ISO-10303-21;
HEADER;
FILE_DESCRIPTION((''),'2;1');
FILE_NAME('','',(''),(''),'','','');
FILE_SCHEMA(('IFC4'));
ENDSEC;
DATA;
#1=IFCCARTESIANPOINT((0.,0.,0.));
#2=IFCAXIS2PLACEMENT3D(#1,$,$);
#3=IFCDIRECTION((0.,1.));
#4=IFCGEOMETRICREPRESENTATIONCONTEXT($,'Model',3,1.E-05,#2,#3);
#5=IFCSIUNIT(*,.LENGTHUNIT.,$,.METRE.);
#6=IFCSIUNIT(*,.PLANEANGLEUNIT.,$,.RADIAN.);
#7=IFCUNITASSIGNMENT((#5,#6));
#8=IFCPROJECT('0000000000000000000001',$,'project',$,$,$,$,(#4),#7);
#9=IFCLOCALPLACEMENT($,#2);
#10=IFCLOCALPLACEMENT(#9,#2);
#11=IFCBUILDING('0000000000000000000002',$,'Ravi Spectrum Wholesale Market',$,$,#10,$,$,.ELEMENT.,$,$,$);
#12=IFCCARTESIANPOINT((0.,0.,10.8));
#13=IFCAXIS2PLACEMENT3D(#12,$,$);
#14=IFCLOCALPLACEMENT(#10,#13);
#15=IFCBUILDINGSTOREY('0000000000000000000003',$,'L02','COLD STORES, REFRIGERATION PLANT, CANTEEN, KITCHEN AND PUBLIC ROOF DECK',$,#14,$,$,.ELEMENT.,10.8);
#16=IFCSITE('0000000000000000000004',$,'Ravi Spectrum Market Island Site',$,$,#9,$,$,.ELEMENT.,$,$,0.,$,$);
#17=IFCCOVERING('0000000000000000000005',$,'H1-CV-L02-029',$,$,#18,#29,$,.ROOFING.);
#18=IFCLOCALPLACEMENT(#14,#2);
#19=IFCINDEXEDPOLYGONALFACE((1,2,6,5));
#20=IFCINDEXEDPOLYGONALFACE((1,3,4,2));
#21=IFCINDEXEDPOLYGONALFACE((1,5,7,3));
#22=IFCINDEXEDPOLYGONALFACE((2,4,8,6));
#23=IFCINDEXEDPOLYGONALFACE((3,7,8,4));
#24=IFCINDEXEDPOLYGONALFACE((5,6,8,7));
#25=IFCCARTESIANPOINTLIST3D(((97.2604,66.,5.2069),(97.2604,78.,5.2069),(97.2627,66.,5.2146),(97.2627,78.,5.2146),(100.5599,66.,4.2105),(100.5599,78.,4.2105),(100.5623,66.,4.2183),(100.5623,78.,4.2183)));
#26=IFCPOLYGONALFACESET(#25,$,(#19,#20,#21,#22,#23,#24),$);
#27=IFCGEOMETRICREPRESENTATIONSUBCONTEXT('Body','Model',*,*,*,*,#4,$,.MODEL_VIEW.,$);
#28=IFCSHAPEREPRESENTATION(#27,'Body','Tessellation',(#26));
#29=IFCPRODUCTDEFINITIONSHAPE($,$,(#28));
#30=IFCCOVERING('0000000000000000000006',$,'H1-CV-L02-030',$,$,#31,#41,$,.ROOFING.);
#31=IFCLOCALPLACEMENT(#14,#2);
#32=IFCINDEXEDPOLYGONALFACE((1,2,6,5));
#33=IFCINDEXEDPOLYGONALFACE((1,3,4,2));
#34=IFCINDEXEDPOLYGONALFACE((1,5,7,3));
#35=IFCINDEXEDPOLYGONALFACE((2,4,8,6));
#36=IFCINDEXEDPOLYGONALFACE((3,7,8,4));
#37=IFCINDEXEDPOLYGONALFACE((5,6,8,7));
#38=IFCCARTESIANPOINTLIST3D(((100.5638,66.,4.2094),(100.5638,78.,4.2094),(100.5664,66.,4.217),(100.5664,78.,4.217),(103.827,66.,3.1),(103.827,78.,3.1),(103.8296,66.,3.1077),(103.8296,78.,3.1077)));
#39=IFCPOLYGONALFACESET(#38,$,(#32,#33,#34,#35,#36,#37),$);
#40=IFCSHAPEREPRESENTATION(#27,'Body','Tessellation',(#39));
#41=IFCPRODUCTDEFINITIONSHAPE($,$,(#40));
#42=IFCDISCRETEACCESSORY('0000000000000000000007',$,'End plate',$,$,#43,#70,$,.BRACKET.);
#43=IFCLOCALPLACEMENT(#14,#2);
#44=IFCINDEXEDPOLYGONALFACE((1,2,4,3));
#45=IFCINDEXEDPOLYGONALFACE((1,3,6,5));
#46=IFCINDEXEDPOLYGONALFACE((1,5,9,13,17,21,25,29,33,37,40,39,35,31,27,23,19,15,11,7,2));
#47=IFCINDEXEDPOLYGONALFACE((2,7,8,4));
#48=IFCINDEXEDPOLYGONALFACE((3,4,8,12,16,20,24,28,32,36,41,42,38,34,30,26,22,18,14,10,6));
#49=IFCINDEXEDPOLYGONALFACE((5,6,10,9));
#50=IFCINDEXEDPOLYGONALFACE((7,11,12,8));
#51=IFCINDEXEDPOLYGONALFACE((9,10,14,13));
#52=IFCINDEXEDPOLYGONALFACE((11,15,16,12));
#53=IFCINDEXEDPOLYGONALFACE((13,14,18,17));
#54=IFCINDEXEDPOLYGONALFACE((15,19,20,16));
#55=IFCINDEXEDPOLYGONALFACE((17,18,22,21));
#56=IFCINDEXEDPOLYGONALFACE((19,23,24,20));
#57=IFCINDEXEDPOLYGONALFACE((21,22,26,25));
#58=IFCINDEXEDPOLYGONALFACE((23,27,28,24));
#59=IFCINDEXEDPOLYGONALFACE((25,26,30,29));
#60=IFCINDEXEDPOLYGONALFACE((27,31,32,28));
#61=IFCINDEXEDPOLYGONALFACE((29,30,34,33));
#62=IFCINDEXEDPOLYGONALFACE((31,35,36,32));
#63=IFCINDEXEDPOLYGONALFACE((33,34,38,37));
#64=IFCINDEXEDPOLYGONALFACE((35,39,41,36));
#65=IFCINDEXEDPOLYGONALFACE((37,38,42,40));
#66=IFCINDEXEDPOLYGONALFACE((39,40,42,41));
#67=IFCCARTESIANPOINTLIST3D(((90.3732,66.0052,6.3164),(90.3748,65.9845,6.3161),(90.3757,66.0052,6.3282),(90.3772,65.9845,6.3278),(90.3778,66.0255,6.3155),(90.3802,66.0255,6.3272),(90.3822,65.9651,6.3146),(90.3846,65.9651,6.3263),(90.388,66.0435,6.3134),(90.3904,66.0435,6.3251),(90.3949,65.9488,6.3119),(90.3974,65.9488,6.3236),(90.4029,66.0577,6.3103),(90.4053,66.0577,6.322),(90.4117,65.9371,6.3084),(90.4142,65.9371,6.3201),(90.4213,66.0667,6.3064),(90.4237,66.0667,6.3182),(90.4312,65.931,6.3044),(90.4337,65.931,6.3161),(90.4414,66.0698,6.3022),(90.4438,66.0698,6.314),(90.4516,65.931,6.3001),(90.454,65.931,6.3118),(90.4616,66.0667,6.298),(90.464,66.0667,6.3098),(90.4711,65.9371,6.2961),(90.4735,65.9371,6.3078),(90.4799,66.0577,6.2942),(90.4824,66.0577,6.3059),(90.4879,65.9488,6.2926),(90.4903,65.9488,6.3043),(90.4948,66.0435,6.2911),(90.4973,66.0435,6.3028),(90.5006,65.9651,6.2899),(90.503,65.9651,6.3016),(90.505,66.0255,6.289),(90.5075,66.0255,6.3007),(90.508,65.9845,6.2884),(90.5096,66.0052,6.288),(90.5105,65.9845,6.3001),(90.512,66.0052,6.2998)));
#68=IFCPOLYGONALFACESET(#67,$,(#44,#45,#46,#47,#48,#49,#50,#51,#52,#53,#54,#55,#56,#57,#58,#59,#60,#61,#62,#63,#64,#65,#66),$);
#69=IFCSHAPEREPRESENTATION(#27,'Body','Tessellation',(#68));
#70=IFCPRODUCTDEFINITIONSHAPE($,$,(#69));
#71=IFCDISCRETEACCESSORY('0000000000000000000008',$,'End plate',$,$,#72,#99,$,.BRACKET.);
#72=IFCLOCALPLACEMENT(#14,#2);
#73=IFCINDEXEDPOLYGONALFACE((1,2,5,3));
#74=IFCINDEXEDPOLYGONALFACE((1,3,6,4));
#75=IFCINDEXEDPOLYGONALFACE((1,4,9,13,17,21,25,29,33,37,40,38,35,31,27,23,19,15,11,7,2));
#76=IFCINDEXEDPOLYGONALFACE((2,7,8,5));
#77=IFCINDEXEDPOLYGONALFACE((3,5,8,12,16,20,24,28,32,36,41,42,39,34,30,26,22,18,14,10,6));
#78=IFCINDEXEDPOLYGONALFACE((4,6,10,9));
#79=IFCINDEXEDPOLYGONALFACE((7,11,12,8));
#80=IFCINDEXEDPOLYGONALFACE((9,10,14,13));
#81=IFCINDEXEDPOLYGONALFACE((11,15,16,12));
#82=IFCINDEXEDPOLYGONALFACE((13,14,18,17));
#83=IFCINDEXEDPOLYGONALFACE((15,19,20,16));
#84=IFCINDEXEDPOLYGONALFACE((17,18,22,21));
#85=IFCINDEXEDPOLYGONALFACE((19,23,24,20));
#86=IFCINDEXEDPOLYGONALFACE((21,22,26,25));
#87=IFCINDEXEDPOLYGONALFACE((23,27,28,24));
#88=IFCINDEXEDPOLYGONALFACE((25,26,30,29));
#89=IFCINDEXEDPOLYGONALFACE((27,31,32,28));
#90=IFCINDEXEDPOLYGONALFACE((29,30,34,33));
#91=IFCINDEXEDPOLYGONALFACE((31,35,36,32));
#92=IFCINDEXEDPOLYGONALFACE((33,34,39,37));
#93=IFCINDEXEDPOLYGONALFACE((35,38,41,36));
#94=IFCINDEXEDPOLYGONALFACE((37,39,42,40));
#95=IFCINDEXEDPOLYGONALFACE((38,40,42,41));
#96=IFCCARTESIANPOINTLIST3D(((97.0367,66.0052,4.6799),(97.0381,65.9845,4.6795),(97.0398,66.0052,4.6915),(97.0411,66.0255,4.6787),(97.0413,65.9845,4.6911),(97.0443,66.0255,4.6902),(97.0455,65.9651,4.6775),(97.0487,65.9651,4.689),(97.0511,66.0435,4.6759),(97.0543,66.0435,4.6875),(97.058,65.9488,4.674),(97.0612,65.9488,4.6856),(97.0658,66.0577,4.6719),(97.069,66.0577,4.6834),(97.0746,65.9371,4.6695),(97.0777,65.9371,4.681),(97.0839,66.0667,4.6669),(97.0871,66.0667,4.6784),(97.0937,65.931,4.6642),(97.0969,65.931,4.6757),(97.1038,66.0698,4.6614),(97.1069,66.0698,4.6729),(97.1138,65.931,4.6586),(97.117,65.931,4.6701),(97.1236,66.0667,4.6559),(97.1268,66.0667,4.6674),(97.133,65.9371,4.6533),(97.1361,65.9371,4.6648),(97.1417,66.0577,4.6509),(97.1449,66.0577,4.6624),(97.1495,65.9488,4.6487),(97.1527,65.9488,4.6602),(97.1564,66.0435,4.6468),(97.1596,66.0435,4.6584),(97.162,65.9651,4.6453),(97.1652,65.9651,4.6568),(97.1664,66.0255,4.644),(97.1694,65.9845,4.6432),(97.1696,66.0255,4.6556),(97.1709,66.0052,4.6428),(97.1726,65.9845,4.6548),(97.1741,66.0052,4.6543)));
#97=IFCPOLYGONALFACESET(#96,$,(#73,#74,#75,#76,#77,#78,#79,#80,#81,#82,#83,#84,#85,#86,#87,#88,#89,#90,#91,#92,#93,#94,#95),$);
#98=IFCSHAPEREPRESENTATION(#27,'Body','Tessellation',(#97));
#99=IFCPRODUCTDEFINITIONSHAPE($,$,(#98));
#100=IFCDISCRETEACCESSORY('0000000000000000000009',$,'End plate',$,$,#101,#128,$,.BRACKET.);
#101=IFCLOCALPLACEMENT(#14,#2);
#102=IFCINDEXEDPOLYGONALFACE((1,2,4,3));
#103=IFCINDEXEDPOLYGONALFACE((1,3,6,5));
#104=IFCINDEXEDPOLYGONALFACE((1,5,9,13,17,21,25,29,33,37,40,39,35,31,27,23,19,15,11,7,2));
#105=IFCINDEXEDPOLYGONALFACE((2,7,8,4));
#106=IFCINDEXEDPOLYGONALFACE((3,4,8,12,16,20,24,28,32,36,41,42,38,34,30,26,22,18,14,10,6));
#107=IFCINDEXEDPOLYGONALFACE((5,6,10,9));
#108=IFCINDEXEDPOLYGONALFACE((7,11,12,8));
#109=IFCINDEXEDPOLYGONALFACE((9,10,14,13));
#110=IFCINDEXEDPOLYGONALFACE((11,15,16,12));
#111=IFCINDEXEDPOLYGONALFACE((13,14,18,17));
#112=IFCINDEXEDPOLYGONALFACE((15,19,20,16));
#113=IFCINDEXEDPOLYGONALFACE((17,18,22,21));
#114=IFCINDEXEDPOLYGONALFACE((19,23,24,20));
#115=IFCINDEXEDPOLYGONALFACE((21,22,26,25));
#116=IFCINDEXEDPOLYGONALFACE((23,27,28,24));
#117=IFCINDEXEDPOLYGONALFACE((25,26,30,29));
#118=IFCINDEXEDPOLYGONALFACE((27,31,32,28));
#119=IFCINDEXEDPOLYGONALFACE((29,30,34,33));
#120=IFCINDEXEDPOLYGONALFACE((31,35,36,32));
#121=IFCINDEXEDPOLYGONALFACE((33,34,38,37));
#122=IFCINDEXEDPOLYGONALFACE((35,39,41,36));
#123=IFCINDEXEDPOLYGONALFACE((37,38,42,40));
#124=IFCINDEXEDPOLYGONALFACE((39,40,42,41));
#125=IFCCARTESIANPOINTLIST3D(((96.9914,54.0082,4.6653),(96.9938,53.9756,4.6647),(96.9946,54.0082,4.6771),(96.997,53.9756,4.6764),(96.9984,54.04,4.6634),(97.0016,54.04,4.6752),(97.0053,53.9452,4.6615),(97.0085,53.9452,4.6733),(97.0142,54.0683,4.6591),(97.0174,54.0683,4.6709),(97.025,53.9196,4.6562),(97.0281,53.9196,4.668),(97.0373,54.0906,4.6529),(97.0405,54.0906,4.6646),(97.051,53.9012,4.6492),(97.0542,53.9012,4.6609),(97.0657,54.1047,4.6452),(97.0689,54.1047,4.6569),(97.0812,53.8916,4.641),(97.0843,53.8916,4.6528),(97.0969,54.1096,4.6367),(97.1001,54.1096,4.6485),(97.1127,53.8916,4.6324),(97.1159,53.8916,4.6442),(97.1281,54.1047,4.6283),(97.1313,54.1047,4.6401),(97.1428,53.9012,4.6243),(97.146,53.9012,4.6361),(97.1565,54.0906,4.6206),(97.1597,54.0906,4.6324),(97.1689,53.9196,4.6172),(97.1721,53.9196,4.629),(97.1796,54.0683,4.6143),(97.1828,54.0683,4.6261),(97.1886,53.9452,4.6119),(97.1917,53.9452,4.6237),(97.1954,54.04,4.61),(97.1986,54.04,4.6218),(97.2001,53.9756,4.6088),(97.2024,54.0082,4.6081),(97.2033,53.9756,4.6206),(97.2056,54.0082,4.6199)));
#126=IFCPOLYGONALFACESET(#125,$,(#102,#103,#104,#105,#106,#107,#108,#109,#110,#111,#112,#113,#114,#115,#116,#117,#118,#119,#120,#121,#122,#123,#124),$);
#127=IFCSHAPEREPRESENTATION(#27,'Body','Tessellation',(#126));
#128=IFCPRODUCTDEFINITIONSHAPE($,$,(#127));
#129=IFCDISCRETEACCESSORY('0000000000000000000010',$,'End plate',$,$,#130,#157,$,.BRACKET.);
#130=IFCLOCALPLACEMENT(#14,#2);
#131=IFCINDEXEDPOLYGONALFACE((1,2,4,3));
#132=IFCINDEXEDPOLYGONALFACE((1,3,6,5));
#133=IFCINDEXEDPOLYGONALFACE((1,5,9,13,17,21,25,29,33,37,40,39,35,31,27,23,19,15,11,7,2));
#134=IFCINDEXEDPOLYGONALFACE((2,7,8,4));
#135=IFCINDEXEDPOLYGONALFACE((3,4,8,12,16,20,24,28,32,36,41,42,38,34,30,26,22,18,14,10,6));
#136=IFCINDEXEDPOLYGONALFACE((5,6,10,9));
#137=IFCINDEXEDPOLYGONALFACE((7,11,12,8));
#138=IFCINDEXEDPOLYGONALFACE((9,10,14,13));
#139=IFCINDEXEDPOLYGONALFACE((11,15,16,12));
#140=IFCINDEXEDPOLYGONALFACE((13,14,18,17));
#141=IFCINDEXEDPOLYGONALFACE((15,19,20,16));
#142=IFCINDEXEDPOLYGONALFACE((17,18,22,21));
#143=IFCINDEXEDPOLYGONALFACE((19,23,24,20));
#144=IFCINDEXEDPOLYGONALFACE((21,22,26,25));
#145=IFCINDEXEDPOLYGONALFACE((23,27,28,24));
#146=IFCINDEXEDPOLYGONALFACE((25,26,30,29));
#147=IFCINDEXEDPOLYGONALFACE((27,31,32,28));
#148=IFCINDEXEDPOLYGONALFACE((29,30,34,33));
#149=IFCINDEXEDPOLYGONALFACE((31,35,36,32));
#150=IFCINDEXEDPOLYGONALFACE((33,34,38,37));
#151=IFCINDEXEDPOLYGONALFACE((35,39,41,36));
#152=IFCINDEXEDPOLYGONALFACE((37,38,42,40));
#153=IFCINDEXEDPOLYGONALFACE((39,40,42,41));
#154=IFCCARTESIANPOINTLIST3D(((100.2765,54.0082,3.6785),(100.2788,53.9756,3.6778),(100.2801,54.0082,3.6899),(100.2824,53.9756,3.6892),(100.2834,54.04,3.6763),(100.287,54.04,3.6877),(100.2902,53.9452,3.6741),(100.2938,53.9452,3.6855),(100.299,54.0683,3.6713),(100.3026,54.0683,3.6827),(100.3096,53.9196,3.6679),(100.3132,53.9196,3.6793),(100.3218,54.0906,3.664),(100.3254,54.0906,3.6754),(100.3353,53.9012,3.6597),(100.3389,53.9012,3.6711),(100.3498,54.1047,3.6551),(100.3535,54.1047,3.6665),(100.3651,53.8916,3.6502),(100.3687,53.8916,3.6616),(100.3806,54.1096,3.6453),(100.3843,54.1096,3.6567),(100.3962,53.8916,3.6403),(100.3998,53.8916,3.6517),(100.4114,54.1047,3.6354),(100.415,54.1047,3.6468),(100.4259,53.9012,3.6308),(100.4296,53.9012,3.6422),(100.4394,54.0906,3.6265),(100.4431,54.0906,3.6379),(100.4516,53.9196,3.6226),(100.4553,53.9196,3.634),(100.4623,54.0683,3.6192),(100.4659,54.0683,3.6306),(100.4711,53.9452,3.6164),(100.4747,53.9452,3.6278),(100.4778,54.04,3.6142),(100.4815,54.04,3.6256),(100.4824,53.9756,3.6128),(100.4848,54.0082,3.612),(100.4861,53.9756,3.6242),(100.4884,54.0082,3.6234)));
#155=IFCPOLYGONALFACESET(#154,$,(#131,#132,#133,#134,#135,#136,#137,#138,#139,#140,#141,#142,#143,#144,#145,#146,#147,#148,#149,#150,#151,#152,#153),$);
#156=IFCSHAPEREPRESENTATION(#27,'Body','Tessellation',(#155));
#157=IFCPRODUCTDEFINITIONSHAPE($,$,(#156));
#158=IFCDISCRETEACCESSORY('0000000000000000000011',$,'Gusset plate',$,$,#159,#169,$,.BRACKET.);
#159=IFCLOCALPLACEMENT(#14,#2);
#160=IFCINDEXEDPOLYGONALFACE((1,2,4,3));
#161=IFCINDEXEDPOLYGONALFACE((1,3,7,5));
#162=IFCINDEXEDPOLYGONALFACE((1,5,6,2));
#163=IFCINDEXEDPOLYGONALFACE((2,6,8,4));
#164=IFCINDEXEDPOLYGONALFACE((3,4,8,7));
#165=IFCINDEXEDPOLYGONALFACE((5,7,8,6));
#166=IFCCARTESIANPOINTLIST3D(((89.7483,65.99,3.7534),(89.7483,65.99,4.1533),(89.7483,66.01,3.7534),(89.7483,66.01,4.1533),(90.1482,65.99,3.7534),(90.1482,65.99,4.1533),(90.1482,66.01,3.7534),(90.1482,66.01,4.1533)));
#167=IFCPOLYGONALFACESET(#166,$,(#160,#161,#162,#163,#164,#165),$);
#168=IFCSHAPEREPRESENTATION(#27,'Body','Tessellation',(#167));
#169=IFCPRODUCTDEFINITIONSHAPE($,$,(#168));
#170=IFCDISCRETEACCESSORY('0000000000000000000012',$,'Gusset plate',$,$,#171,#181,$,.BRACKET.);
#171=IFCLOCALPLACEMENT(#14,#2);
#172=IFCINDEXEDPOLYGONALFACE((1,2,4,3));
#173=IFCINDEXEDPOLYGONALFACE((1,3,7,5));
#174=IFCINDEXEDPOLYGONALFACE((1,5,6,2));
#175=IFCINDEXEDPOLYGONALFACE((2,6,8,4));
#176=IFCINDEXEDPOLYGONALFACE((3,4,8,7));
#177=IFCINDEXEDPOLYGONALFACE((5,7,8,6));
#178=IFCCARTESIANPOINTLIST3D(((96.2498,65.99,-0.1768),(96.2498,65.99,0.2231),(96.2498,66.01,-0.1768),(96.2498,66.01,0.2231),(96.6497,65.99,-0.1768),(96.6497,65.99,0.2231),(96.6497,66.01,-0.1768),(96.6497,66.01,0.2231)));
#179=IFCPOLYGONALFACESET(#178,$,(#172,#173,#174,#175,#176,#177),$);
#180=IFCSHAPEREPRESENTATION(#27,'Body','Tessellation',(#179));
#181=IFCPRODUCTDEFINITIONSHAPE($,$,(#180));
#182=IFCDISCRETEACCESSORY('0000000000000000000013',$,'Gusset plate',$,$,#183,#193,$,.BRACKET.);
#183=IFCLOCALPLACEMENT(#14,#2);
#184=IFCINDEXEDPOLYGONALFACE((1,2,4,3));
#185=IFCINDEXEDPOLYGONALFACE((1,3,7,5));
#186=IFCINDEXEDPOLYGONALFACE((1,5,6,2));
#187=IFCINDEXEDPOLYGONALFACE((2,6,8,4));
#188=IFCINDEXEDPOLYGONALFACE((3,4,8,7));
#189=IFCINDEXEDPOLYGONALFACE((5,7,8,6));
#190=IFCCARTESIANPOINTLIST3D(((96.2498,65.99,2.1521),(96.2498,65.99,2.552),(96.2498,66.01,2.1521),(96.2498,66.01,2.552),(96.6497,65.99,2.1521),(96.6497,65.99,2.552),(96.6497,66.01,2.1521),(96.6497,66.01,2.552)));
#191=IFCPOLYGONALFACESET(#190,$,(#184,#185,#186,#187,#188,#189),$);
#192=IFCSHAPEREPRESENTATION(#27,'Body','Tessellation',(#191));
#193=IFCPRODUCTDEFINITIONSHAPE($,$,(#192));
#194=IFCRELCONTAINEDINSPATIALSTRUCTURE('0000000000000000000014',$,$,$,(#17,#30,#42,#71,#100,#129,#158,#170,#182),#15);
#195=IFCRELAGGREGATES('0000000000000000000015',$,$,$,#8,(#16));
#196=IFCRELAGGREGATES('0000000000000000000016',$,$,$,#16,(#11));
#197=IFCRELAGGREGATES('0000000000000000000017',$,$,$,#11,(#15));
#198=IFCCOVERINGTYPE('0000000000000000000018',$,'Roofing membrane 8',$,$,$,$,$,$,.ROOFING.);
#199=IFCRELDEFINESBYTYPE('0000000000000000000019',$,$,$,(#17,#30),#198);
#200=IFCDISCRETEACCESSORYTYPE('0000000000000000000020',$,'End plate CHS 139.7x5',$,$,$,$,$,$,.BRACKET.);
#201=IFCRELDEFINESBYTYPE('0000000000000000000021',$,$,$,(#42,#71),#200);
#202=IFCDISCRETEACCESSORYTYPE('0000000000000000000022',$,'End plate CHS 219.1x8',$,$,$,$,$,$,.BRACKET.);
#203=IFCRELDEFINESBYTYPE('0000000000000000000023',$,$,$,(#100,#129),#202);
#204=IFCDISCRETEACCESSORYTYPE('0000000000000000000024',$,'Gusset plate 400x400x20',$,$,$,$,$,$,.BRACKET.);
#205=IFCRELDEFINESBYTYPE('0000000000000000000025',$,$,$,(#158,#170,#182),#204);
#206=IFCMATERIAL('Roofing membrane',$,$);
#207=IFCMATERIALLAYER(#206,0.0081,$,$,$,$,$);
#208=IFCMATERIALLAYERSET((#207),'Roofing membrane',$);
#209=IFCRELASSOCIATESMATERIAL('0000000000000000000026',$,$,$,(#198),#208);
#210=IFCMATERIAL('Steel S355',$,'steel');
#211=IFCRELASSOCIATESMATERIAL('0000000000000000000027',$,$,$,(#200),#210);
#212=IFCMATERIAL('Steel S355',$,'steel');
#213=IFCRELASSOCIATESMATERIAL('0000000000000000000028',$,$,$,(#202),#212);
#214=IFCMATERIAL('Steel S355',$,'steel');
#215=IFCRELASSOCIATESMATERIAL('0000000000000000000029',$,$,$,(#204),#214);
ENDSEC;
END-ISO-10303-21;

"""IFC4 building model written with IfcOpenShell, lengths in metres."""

from ifc_helpers import new_model, si_unit, direction, frame, origin, origin_2d, place, context, subcontext, project, spatial, polyline, rectangle, circle, outline, extrude, material, layer, layer_set, material_profile, profile_set, type_object, element, save


model = new_model("IFC4")

# Units and contexts
model_context = context("Model", 3, precision=1e-05, world=origin(), true_north=direction((0.0, 1.0)))
body_context = subcontext(model_context, "Body", "Model", "MODEL_VIEW")
ifc_project = project(units=[si_unit("LENGTHUNIT", "METRE"), si_unit("PLANEANGLEUNIT", "RADIAN")], contexts=[model_context])

# Site, building, storey
site_placement = place(None, origin())
site = spatial("IfcSite", under=ifc_project, at=site_placement, Name="Ravi Spectrum Market Island Site", CompositionType="ELEMENT", RefElevation=0.0)
building_placement = place(site_placement, origin())
building = spatial("IfcBuilding", under=site, at=building_placement, Name="Ravi Spectrum Wholesale Market", CompositionType="ELEMENT")
storey_placement = place(building_placement, frame((0.0, 0.0, 10.8)))
storey = spatial("IfcBuildingStorey", under=building, at=storey_placement, Name="L02", Description="COLD STORES, REFRIGERATION PLANT, CANTEEN, KITCHEN AND PUBLIC ROOF DECK", CompositionType="ELEMENT", Elevation=10.8)

# Coverings
ifc_material_1 = material(Name="Roofing membrane")
ifc_layer_1 = layer(ifc_material_1, 0.0081)
ifc_layer_set_1 = layer_set([ifc_layer_1], Name="Roofing membrane")
covering_type = type_object("IfcCoveringType", Name="Roofing membrane 8", PredefinedType="ROOFING", material=ifc_layer_set_1)
covering_1_placement = place(storey_placement, frame((97.2627, 66.0, 5.2146), z_axis=(0.28907, 0.0, 0.957308), x_axis=(0.957308, 0.0, -0.28907)))
element("IfcCovering", 1, at=covering_1_placement, inside=storey, type_object=covering_type, Name="H1-CV-L02-029", PredefinedType="ROOFING", context=body_context, shape_type="SweptSolid", body=[
    extrude(outline(polyline([(0.0, 0.0), (3.4467, 0.0), (3.4467, 12.0), (0.0, 12.0), (0.0, 0.0)])), origin(), (0.0, 0.0, -1.0), 0.0081),
])
covering_2_placement = place(storey_placement, frame((100.5664, 66.0, 4.217), z_axis=(0.321875, 0.0, 0.946782), x_axis=(0.946782, 0.0, -0.321875)))
element("IfcCovering", 2, at=covering_2_placement, inside=storey, type_object=covering_type, Name="H1-CV-L02-030", PredefinedType="ROOFING", context=body_context, shape_type="SweptSolid", body=[
    extrude(outline(polyline([(0.0, 0.0), (3.4466, 0.0), (3.4466, 12.0), (0.0, 12.0), (0.0, 0.0)])), origin(), (0.0, 0.0, -1.0), 0.0081),
])

# Discrete accessories
ifc_material_2 = material(Name="Steel S355", Category="steel")
ifc_material_profile_1 = material_profile(ifc_material_2, circle(Radius=0.0698, at=origin_2d()))
ifc_profile_set_1 = profile_set([ifc_material_profile_1], Name="Steel S355")
discrete_accessory_type_1 = type_object("IfcDiscreteAccessoryType", Name="End plate CHS 139.7x5", PredefinedType="BRACKET", material=ifc_profile_set_1)
for number, where, z_axis, x_axis, name in (
    (3, (90.4414, 66.0, 6.3022), (0.203954, 0.0, 0.97898), (0.0, 1.0, 0.0), "End plate"),
    (4, (97.1038, 66.0, 4.6614), (0.266586, 0.0, 0.963811), (0.0, 1.0, 0.0), "End plate"),
):
    element("IfcDiscreteAccessory", number, at=place(storey_placement, frame(where, z_axis=z_axis, x_axis=x_axis)), inside=storey, type_object=discrete_accessory_type_1, Name=name, PredefinedType="BRACKET", context=body_context, shape_type="SweptSolid", body=[
        extrude(circle(Radius=0.0698, at=origin_2d()), origin(), (0.0, 0.0, 1.0), 0.012),
    ])
ifc_material_3 = material(Name="Steel S355", Category="steel")
ifc_material_profile_2 = material_profile(ifc_material_3, circle(Radius=0.1096, at=origin_2d()))
ifc_profile_set_2 = profile_set([ifc_material_profile_2], Name="Steel S355")
discrete_accessory_type_2 = type_object("IfcDiscreteAccessoryType", Name="End plate CHS 219.1x8", PredefinedType="BRACKET", material=ifc_profile_set_2)
discrete_accessory_1_placement = place(storey_placement, frame((97.0969, 54.0, 4.6367), z_axis=(0.261415, 0.0, 0.965226), x_axis=(0.0, 1.0, 0.0)))
element("IfcDiscreteAccessory", 5, at=discrete_accessory_1_placement, inside=storey, type_object=discrete_accessory_type_2, Name="End plate", PredefinedType="BRACKET", context=body_context, shape_type="SweptSolid", body=[
    extrude(circle(Radius=0.1096, at=origin_2d()), origin(), (0.0, 0.0, 1.0), 0.0122),
])
discrete_accessory_2_placement = place(storey_placement, frame((100.3806, 54.0, 3.6453), z_axis=(0.30404, 0.0, 0.952659), x_axis=(0.0, 1.0, 0.0)))
element("IfcDiscreteAccessory", 6, at=discrete_accessory_2_placement, inside=storey, type_object=discrete_accessory_type_2, Name="End plate", PredefinedType="BRACKET", context=body_context, shape_type="SweptSolid", body=[
    extrude(circle(Radius=0.1096, at=origin_2d()), origin(), (0.0, 0.0, 1.0), 0.012),
])
ifc_material_4 = material(Name="Steel S355", Category="steel")
ifc_material_profile_3 = material_profile(ifc_material_4, rectangle(XDim=0.3999, YDim=0.02, at=origin_2d()))
ifc_profile_set_3 = profile_set([ifc_material_profile_3], Name="Steel S355")
discrete_accessory_type_3 = type_object("IfcDiscreteAccessoryType", Name="Gusset plate 400x400x20", PredefinedType="BRACKET", material=ifc_profile_set_3)
for number, where, z_axis, x_axis, name in (
    (7, (89.9482, 66.0, 3.7534), (0.0, 0.0, 1.0), (-1.0, 0.0, 0.0), "Gusset plate"),
    (8, (96.4497, 66.0, -0.1768), (0.0, 0.0, 1.0), (1.0, 0.0, 0.0), "Gusset plate"),
    (9, (96.4497, 66.0, 2.1521), (0.0, 0.0, 1.0), (-1.0, 0.0, 0.0), "Gusset plate"),
):
    element("IfcDiscreteAccessory", number, at=place(storey_placement, frame(where, z_axis=z_axis, x_axis=x_axis)), inside=storey, type_object=discrete_accessory_type_3, Name=name, PredefinedType="BRACKET", context=body_context, shape_type="SweptSolid", body=[
        extrude(rectangle(XDim=0.3999, YDim=0.02, at=origin_2d()), origin(), (0.0, 0.0, 1.0), 0.3999),
    ])

save(model, "model.ifc")
